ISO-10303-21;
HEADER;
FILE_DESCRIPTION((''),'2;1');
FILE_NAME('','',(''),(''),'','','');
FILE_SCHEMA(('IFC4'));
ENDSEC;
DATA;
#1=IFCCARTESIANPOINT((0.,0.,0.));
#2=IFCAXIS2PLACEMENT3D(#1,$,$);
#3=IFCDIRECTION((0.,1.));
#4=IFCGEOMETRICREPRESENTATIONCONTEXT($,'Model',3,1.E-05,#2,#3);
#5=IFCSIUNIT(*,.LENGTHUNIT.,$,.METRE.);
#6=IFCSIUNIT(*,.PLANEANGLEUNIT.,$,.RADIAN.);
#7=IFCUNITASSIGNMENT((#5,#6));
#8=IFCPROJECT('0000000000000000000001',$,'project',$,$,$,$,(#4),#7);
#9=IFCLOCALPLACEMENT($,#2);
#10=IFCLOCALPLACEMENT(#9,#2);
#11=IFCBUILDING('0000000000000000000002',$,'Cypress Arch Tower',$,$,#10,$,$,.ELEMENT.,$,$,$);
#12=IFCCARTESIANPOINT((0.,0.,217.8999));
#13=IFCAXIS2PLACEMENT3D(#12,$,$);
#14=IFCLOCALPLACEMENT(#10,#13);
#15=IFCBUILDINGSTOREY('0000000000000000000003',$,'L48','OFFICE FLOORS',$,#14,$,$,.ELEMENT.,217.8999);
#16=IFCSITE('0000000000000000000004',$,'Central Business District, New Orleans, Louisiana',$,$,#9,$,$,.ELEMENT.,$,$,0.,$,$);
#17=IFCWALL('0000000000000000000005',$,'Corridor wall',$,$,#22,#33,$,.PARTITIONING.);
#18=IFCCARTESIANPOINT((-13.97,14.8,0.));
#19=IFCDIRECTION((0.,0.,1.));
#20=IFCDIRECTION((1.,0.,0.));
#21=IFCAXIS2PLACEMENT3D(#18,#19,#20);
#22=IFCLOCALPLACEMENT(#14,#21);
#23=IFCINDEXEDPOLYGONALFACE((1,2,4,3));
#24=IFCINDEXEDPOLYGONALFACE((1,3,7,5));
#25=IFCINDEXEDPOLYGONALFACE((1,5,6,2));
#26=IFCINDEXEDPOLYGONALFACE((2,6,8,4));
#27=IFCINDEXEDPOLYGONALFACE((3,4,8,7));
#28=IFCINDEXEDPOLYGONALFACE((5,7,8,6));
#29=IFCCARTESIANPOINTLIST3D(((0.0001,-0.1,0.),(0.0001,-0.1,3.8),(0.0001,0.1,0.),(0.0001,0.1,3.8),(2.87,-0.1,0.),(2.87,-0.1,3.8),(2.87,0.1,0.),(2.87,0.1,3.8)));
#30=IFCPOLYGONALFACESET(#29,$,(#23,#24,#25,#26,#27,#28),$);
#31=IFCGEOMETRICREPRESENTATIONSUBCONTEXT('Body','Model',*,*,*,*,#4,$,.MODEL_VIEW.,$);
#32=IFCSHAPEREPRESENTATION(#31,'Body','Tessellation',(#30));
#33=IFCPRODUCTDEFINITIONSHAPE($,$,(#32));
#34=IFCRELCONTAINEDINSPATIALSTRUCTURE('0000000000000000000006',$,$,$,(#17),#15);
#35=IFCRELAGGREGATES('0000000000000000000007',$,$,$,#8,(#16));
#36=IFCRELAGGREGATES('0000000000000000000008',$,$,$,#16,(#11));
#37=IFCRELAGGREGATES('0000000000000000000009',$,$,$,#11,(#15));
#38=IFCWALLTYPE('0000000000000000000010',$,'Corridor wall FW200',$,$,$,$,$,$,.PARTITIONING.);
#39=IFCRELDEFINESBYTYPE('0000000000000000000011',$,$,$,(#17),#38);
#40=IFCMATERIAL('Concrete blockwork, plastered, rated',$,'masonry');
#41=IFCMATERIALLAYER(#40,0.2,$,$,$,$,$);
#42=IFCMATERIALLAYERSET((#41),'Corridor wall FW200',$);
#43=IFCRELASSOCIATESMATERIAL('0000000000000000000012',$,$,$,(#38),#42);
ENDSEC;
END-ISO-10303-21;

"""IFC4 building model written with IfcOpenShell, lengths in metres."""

from ifc_helpers import new_model, si_unit, direction, frame, frame_2d, origin, place, context, subcontext, project, spatial, rectangle, extrude, material, layer, layer_set, type_object, element, save


model = new_model("IFC4")

# Units and contexts
model_context = context("Model", 3, precision=1e-05, world=origin(), true_north=direction((0.0, 1.0)))
body_context = subcontext(model_context, "Body", "Model", "MODEL_VIEW")
ifc_project = project(units=[si_unit("LENGTHUNIT", "METRE"), si_unit("PLANEANGLEUNIT", "RADIAN")], contexts=[model_context])

# Site, building, storey
site_placement = place(None, origin())
site = spatial("IfcSite", under=ifc_project, at=site_placement, Name="Central Business District, New Orleans, Louisiana", CompositionType="ELEMENT", RefElevation=0.0)
building_placement = place(site_placement, origin())
building = spatial("IfcBuilding", under=site, at=building_placement, Name="Cypress Arch Tower", CompositionType="ELEMENT")
storey_placement = place(building_placement, frame((0.0, 0.0, 217.8999)))
storey = spatial("IfcBuildingStorey", under=building, at=storey_placement, Name="L48", Description="OFFICE FLOORS", CompositionType="ELEMENT", Elevation=217.8999)

# Wall
ifc_material_1 = material(Name="Concrete blockwork, plastered, rated", Category="masonry")
ifc_layer_1 = layer(ifc_material_1, 0.2)
ifc_layer_set_1 = layer_set([ifc_layer_1], Name="Corridor wall FW200")
wall_type_1 = type_object("IfcWallType", Name="Corridor wall FW200", PredefinedType="PARTITIONING", material=ifc_layer_set_1)
wall_1_placement = place(storey_placement, frame((-13.97, 14.8, 0.0), z_axis=(0.0, 0.0, 1.0), x_axis=(1.0, 0.0, 0.0)))
element("IfcWall", 1, at=wall_1_placement, inside=storey, type_object=wall_type_1, Name="Corridor wall", PredefinedType="PARTITIONING", context=body_context, shape_type="SweptSolid", body=[
    extrude(rectangle(XDim=2.8699, YDim=0.2, at=frame_2d((1.4351, 0.0))), origin(), (0.0, 0.0, 1.0), 3.8),
])

save(model, "model.ifc")
